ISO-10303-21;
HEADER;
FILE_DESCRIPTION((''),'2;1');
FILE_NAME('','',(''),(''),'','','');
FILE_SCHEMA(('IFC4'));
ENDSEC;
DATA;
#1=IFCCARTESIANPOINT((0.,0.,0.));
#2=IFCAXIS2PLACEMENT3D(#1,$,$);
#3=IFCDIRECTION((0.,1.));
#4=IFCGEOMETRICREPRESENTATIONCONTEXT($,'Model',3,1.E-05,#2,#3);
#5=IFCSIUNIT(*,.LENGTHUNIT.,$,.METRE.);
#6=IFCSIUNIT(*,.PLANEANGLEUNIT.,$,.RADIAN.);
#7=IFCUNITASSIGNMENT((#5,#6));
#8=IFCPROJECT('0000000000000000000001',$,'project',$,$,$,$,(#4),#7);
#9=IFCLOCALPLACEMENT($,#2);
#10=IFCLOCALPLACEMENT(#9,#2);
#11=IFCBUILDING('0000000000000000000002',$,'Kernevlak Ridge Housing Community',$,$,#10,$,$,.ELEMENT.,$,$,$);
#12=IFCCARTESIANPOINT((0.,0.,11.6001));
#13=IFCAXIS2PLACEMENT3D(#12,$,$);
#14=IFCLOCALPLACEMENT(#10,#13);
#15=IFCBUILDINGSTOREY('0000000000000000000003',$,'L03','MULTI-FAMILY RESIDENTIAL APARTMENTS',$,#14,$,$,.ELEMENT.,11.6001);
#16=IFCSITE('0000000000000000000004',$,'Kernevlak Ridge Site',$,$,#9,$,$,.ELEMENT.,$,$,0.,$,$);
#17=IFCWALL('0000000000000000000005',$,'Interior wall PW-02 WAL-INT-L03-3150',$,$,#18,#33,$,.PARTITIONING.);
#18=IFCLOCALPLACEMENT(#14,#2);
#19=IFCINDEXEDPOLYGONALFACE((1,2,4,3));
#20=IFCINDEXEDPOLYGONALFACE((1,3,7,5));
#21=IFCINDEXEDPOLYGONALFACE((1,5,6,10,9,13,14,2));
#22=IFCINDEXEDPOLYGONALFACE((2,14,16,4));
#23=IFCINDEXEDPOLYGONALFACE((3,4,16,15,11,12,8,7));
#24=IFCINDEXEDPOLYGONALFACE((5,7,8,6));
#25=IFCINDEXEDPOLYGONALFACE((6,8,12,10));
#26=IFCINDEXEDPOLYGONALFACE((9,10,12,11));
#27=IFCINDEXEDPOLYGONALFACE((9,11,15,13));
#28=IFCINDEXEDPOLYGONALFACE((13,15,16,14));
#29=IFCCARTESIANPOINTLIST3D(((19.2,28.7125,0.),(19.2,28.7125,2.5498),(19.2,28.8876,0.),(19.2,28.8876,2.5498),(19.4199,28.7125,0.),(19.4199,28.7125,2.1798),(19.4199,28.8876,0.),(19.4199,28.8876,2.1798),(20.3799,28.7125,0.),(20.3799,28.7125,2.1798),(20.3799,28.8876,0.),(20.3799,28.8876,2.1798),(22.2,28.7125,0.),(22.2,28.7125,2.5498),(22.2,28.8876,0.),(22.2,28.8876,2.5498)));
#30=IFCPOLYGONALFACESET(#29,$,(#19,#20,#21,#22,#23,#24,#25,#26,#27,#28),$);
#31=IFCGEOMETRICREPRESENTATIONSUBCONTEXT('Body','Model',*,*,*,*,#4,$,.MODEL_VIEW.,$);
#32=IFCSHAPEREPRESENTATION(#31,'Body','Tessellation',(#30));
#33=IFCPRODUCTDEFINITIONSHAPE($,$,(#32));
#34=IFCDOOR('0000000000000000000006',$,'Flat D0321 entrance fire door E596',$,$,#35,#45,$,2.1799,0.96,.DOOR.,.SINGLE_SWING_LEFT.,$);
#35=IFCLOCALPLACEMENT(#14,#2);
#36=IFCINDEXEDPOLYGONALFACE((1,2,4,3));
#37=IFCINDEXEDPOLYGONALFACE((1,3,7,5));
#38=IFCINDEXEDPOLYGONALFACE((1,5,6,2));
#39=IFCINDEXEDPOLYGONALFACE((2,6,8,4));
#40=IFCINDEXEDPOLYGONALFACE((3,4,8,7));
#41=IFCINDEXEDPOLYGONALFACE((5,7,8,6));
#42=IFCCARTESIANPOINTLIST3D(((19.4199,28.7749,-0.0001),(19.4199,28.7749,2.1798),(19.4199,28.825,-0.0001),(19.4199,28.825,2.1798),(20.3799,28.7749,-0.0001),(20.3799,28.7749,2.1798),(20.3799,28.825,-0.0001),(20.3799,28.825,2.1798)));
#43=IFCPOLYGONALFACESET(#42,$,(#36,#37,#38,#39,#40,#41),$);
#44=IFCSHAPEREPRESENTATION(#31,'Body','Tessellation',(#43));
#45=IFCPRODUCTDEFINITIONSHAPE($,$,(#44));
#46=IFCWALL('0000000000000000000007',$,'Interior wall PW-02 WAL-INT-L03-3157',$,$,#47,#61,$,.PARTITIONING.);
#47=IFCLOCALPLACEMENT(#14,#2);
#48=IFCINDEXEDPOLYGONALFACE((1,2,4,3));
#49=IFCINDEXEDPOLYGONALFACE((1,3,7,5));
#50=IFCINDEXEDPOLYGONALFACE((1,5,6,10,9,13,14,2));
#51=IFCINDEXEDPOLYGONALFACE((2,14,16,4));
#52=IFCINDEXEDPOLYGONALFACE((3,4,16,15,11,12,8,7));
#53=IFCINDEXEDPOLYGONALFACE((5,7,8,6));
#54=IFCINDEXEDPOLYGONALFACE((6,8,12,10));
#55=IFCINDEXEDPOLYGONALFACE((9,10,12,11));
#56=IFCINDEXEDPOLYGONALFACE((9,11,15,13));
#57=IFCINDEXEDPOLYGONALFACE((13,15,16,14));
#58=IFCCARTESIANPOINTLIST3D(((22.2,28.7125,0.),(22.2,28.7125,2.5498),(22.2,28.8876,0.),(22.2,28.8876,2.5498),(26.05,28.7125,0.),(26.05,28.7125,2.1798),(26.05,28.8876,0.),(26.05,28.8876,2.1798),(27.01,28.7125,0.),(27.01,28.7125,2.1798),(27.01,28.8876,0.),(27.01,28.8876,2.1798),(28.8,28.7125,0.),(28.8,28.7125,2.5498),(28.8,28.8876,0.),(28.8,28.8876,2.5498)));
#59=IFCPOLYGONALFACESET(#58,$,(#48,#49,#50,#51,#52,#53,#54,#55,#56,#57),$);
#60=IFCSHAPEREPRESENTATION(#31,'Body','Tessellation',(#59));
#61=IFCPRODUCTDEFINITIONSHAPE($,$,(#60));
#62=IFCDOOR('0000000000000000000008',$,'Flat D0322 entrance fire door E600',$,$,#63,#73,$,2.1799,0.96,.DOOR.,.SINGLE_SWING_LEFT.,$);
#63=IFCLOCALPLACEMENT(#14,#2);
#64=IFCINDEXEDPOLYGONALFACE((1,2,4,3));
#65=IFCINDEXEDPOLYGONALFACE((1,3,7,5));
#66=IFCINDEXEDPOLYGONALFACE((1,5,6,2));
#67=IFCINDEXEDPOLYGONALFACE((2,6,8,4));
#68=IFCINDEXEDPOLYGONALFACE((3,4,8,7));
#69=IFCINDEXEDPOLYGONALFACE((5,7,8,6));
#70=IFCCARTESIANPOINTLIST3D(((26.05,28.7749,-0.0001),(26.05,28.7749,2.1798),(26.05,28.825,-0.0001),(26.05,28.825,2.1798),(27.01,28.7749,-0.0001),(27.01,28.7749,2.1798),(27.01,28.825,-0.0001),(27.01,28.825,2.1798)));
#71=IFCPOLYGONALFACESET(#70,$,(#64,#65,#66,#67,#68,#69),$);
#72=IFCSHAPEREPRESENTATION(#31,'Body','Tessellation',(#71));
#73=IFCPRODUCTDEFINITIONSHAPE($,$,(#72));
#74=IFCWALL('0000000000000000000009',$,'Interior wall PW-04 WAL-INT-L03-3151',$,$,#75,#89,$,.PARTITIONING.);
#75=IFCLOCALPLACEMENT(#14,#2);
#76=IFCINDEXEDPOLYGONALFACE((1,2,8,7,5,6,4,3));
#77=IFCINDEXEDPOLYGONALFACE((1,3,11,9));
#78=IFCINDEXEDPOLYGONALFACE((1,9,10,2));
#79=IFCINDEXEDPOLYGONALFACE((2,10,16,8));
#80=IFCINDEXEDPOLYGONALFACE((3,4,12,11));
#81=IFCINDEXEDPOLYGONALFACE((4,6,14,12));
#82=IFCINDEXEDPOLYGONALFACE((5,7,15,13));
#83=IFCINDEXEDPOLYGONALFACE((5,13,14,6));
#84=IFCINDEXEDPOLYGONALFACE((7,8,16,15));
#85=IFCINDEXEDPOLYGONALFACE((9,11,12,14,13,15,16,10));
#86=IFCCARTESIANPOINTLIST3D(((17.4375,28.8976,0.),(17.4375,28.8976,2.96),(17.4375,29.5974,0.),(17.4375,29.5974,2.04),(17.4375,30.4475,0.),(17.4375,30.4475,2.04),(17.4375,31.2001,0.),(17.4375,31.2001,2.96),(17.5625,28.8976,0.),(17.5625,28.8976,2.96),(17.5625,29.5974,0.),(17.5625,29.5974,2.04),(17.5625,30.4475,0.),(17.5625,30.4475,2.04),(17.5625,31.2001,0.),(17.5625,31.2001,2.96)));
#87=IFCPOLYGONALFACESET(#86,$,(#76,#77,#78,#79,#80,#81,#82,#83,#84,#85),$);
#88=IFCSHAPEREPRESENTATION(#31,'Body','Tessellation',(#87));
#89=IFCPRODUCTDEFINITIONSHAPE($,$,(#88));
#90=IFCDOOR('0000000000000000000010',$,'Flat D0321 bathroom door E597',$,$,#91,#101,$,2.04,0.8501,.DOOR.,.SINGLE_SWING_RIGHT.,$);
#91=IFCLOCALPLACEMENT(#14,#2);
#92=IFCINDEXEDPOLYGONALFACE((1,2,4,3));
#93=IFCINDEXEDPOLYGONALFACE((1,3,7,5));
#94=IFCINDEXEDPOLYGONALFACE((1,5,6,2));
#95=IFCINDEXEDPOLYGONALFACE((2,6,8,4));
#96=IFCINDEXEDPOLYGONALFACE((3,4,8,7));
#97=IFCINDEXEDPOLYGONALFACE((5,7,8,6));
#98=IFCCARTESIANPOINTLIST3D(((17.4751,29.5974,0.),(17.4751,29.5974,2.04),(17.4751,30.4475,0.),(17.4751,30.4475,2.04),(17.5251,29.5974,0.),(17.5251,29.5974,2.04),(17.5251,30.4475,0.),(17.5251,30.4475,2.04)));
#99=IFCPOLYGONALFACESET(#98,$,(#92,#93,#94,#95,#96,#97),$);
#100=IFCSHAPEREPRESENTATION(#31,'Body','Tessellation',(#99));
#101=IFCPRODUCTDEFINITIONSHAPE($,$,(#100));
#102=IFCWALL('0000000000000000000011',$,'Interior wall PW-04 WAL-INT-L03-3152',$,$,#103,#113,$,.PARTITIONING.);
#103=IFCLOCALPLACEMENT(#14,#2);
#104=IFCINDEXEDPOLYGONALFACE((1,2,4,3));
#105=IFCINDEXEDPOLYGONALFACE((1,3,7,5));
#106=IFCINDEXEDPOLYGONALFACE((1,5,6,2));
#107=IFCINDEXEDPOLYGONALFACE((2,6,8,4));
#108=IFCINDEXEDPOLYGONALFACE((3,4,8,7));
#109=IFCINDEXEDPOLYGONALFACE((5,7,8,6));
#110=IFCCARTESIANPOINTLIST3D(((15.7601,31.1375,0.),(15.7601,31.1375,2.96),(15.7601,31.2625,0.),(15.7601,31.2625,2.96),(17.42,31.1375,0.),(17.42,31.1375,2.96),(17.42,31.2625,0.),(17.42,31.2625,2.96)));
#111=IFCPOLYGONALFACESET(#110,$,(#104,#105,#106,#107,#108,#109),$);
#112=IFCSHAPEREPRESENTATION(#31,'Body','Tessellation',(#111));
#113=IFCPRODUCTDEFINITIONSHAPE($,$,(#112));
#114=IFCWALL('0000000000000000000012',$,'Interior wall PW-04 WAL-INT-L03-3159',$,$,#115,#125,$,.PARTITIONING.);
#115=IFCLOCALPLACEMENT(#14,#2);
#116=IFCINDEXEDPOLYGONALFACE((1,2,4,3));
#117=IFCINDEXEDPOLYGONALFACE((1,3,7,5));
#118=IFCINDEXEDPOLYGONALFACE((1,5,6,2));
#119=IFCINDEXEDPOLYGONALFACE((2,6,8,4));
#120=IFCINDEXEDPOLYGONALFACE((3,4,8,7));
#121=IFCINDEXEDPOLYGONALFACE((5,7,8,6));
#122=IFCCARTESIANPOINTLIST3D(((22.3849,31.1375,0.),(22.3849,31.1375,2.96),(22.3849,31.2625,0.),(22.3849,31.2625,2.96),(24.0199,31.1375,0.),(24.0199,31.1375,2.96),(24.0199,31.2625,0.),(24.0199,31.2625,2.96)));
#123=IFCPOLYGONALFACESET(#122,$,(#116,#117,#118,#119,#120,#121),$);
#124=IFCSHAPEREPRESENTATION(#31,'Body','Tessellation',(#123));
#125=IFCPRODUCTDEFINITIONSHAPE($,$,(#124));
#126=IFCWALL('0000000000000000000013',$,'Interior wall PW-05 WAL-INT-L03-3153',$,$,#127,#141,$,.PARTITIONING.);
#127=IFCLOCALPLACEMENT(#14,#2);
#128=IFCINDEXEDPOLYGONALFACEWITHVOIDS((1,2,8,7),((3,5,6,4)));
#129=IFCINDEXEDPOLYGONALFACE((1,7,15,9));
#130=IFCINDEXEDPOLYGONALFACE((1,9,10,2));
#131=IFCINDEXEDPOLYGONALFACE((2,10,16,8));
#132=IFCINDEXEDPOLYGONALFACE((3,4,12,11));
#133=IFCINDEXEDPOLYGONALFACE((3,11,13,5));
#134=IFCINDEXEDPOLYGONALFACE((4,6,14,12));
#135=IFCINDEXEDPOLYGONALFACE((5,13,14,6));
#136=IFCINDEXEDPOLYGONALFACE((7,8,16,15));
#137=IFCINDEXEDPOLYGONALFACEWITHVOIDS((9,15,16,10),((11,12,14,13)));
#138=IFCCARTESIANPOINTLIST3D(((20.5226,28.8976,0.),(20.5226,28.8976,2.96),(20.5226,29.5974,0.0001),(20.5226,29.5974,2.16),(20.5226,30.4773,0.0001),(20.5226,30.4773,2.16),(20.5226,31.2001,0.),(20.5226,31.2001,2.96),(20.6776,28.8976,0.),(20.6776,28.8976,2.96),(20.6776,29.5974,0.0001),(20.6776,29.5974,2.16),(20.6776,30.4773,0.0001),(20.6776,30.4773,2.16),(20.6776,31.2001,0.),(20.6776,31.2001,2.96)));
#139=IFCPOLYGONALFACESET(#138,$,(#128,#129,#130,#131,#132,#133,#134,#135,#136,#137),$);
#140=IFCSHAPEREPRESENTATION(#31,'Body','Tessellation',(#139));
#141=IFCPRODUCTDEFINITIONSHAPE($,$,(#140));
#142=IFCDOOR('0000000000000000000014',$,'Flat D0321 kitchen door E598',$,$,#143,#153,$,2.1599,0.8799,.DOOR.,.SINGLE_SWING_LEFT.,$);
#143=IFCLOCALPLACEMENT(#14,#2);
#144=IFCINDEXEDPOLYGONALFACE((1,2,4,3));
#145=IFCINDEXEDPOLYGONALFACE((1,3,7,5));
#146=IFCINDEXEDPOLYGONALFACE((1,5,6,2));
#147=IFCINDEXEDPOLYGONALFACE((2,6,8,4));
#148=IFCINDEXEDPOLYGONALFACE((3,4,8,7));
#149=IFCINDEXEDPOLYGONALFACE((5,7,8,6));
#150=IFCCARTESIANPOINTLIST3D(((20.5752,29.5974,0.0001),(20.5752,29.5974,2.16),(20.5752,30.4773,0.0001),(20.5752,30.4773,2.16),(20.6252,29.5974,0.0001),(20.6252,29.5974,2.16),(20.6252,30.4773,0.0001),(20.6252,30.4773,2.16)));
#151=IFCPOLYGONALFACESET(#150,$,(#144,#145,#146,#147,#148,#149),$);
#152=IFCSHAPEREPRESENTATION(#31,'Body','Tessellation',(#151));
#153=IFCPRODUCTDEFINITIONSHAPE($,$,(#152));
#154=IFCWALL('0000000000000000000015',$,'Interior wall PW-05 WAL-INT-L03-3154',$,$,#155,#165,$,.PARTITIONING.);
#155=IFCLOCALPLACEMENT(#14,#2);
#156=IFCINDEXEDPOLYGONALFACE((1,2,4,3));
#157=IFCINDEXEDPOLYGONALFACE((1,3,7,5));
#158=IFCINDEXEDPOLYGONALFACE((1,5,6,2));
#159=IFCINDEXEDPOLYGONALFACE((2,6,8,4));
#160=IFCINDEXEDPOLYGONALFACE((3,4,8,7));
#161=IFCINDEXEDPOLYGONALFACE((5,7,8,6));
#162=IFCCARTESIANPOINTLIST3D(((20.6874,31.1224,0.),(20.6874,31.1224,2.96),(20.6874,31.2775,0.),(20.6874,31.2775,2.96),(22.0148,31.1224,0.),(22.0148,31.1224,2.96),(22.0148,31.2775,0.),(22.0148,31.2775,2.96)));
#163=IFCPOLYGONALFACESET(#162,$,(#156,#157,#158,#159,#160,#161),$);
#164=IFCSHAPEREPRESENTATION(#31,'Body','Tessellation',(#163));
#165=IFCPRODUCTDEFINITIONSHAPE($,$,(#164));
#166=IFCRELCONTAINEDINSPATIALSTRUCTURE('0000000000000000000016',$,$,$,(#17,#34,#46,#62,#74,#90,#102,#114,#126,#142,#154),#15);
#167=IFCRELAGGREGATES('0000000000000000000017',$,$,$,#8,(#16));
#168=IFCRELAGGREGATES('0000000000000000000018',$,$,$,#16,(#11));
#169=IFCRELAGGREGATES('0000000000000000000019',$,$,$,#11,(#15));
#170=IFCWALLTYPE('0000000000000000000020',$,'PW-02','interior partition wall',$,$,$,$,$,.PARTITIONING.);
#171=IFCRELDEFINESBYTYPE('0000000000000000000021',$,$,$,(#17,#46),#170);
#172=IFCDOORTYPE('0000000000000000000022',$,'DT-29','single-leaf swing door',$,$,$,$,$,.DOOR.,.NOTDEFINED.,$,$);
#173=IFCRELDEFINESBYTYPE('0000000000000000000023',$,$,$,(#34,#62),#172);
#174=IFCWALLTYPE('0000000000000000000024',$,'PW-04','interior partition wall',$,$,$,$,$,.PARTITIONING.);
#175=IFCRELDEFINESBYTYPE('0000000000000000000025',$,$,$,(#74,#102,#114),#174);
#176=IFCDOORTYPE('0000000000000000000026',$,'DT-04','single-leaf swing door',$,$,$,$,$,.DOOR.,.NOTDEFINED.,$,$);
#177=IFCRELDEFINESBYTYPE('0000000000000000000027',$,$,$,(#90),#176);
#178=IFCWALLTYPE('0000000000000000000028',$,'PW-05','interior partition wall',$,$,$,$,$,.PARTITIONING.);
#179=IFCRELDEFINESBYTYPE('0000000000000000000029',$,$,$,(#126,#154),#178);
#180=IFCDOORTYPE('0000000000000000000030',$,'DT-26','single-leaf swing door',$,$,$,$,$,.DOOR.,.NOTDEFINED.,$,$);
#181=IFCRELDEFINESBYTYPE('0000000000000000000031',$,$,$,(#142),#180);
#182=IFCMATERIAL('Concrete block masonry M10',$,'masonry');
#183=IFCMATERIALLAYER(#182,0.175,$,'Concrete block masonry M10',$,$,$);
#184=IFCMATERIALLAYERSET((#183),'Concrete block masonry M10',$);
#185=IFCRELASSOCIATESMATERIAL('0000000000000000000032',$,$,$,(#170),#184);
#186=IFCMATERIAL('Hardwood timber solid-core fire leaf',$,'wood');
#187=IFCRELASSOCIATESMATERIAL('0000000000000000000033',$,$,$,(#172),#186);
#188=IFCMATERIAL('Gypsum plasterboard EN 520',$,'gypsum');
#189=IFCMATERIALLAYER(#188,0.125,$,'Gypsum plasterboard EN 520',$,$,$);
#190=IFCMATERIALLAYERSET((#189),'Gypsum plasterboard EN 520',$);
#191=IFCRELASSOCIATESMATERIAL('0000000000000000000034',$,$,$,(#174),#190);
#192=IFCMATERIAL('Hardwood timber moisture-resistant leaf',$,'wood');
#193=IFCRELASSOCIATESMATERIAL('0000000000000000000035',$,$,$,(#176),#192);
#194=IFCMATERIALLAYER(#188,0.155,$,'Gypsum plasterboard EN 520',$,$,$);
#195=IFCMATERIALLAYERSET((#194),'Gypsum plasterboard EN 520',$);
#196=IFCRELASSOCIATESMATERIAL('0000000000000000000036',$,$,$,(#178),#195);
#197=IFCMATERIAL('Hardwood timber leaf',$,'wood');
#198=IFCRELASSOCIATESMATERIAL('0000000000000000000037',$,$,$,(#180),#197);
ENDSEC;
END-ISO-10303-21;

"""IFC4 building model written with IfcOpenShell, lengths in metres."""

from ifc_helpers import new_model, si_unit, direction, frame, frame_2d, origin, place, context, subcontext, project, spatial, rectangle, extrude, material, layer, layer_set, type_object, element, fill, save


model = new_model("IFC4")

# Units and contexts
model_context = context("Model", 3, precision=1e-05, world=origin(), true_north=direction((0.0, 1.0)))
body_context = subcontext(model_context, "Body", "Model", "MODEL_VIEW")
ifc_project = project(units=[si_unit("LENGTHUNIT", "METRE"), si_unit("PLANEANGLEUNIT", "RADIAN")], contexts=[model_context])

# Site, building, storey
site_placement = place(None, origin())
site = spatial("IfcSite", under=ifc_project, at=site_placement, Name="Kernevlak Ridge Site", CompositionType="ELEMENT", RefElevation=0.0)
building_placement = place(site_placement, origin())
building = spatial("IfcBuilding", under=site, at=building_placement, Name="Kernevlak Ridge Housing Community", CompositionType="ELEMENT")
storey_placement = place(building_placement, frame((0.0, 0.0, 11.6001)))
storey = spatial("IfcBuildingStorey", under=building, at=storey_placement, Name="L03", Description="MULTI-FAMILY RESIDENTIAL APARTMENTS", CompositionType="ELEMENT", Elevation=11.6001)

# Shared definitions
ifc_material_1 = material(Name="Concrete block masonry M10", Category="masonry")

# Shared definitions
ifc_layer_1 = layer(ifc_material_1, 0.175, Name="Concrete block masonry M10")
ifc_layer_set_1 = layer_set([ifc_layer_1], Name="Concrete block masonry M10")
wall_type_1 = type_object("IfcWallType", Name="PW-02", Description="interior partition wall", PredefinedType="PARTITIONING", material=ifc_layer_set_1)

# Walls, openings, doors
wall_1_placement = place(storey_placement, frame((19.2, 28.8, 0.0), z_axis=(0.0, 0.0, 1.0), x_axis=(1.0, 0.0, 0.0)))
wall_1 = element("IfcWall", 1, at=wall_1_placement, inside=storey, type_object=wall_type_1, Name="Interior wall PW-02 WAL-INT-L03-3150", PredefinedType="PARTITIONING", context=body_context, shape_type="SweptSolid", body=[
    extrude(rectangle(XDim=3.0, YDim=0.175, at=frame_2d((1.5, 0.0))), origin(), (0.0, 0.0, 1.0), 2.5498),
])
opening_1_placement = place(wall_1_placement, frame((0.22, 0.0, 0.0)))
opening_1 = element("IfcOpeningElement", 2, at=opening_1_placement, cuts=wall_1, PredefinedType="OPENING", context=body_context, shape_type="SweptSolid", body=[
    extrude(rectangle(XDim=0.96, YDim=2.1799, at=frame_2d((0.48, 1.0898))), frame((0.0, 0.0974, 0.0), z_axis=(0.0, -1.0, 0.0), x_axis=(1.0, 0.0, 0.0)), (0.0, 0.0, 1.0), 0.1951),
])
ifc_material_2 = material(Name="Hardwood timber solid-core fire leaf", Category="wood")
door_type_1 = type_object("IfcDoorType", Name="DT-29", Description="single-leaf swing door", OperationType="NOTDEFINED", PredefinedType="DOOR", material=ifc_material_2)
door_1_placement = place(opening_1_placement, origin())
door_1 = element("IfcDoor", 3, at=door_1_placement, inside=storey, type_object=door_type_1, Name="Flat D0321 entrance fire door E596", OperationType="SINGLE_SWING_LEFT", OverallHeight=2.1799, OverallWidth=0.96, PredefinedType="DOOR", context=body_context, shape_type="SweptSolid", body=[
    extrude(rectangle(XDim=0.96, YDim=2.1799, at=frame_2d((0.48, 1.0898))), frame((0.0, 0.0249, 0.0), z_axis=(0.0, -1.0, 0.0), x_axis=(1.0, 0.0, 0.0)), (0.0, 0.0, 1.0), 0.05),
])
fill(opening_1, door_1)
wall_2_placement = place(storey_placement, frame((22.2, 28.8, 0.0), z_axis=(0.0, 0.0, 1.0), x_axis=(1.0, 0.0, 0.0)))
wall_2 = element("IfcWall", 4, at=wall_2_placement, inside=storey, type_object=wall_type_1, Name="Interior wall PW-02 WAL-INT-L03-3157", PredefinedType="PARTITIONING", context=body_context, shape_type="SweptSolid", body=[
    extrude(rectangle(XDim=6.6001, YDim=0.175, at=frame_2d((3.3, 0.0))), origin(), (0.0, 0.0, 1.0), 2.5498),
])
opening_2_placement = place(wall_2_placement, frame((3.8501, 0.0, 0.0)))
opening_2 = element("IfcOpeningElement", 5, at=opening_2_placement, cuts=wall_2, PredefinedType="OPENING", context=body_context, shape_type="SweptSolid", body=[
    extrude(rectangle(XDim=0.96, YDim=2.1799, at=frame_2d((0.48, 1.0898))), frame((0.0, 0.0974, 0.0), z_axis=(0.0, -1.0, 0.0), x_axis=(1.0, 0.0, 0.0)), (0.0, 0.0, 1.0), 0.1951),
])
door_2_placement = place(opening_2_placement, origin())
door_2 = element("IfcDoor", 6, at=door_2_placement, inside=storey, type_object=door_type_1, Name="Flat D0322 entrance fire door E600", OperationType="SINGLE_SWING_LEFT", OverallHeight=2.1799, OverallWidth=0.96, PredefinedType="DOOR", context=body_context, shape_type="SweptSolid", body=[
    extrude(rectangle(XDim=0.96, YDim=2.1799, at=frame_2d((0.48, 1.0898))), frame((0.0, 0.0249, 0.0), z_axis=(0.0, -1.0, 0.0), x_axis=(1.0, 0.0, 0.0)), (0.0, 0.0, 1.0), 0.05),
])
fill(opening_2, door_2)
ifc_material_3 = material(Name="Hardwood timber leaf", Category="wood")
ifc_material_4 = material(Name="Gypsum plasterboard EN 520", Category="gypsum")
ifc_layer_2 = layer(ifc_material_4, 0.125, Name="Gypsum plasterboard EN 520")
ifc_layer_set_2 = layer_set([ifc_layer_2], Name="Gypsum plasterboard EN 520")
wall_type_2 = type_object("IfcWallType", Name="PW-04", Description="interior partition wall", PredefinedType="PARTITIONING", material=ifc_layer_set_2)
wall_3_placement = place(storey_placement, frame((17.5, 28.8975, 0.0), z_axis=(0.0, 0.0, 1.0), x_axis=(0.0, 1.0, 0.0)))
wall_3 = element("IfcWall", 7, at=wall_3_placement, inside=storey, type_object=wall_type_2, Name="Interior wall PW-04 WAL-INT-L03-3151", PredefinedType="PARTITIONING", context=body_context, shape_type="SweptSolid", body=[
    extrude(rectangle(XDim=2.3025, YDim=0.125, at=frame_2d((1.1514, 0.0))), origin(), (0.0, 0.0, 1.0), 2.96),
])
opening_3_placement = place(wall_3_placement, frame((0.7, 0.0, 0.0)))
opening_3 = element("IfcOpeningElement", 8, at=opening_3_placement, cuts=wall_3, PredefinedType="OPENING", context=body_context, shape_type="SweptSolid", body=[
    extrude(rectangle(XDim=0.8501, YDim=2.04, at=frame_2d((0.425, 1.02))), frame((0.0, 0.0725, 0.0), z_axis=(0.0, -1.0, 0.0), x_axis=(1.0, 0.0, 0.0)), (0.0, 0.0, 1.0), 0.145),
])
ifc_material_5 = material(Name="Hardwood timber moisture-resistant leaf", Category="wood")
door_type_2 = type_object("IfcDoorType", Name="DT-04", Description="single-leaf swing door", OperationType="NOTDEFINED", PredefinedType="DOOR", material=ifc_material_5)
door_3_placement = place(opening_3_placement, origin())
door_3 = element("IfcDoor", 9, at=door_3_placement, inside=storey, type_object=door_type_2, Name="Flat D0321 bathroom door E597", OperationType="SINGLE_SWING_RIGHT", OverallHeight=2.04, OverallWidth=0.8501, PredefinedType="DOOR", context=body_context, shape_type="SweptSolid", body=[
    extrude(rectangle(XDim=0.8501, YDim=2.04, at=frame_2d((0.425, 1.02))), frame((0.0, 0.0249, 0.0), z_axis=(0.0, -1.0, 0.0), x_axis=(1.0, 0.0, 0.0)), (0.0, 0.0, 1.0), 0.05),
])
fill(opening_3, door_3)

# Walls
wall_4_placement = place(storey_placement, frame((15.76, 31.2, 0.0), z_axis=(0.0, 0.0, 1.0), x_axis=(1.0, 0.0, 0.0)))
element("IfcWall", 10, at=wall_4_placement, inside=storey, type_object=wall_type_2, Name="Interior wall PW-04 WAL-INT-L03-3152", PredefinedType="PARTITIONING", context=body_context, shape_type="SweptSolid", body=[
    extrude(rectangle(XDim=1.6599, YDim=0.125, at=frame_2d((0.8301, 0.0))), origin(), (0.0, 0.0, 1.0), 2.96),
])
wall_5_placement = place(storey_placement, frame((22.385, 31.2, 0.0), z_axis=(0.0, 0.0, 1.0), x_axis=(1.0, 0.0, 0.0)))
element("IfcWall", 11, at=wall_5_placement, inside=storey, type_object=wall_type_2, Name="Interior wall PW-04 WAL-INT-L03-3159", PredefinedType="PARTITIONING", context=body_context, shape_type="SweptSolid", body=[
    extrude(rectangle(XDim=1.635, YDim=0.125, at=frame_2d((0.8174, 0.0))), origin(), (0.0, 0.0, 1.0), 2.96),
])

# Wall, opening, door
ifc_layer_3 = layer(ifc_material_4, 0.155, Name="Gypsum plasterboard EN 520")
ifc_layer_set_3 = layer_set([ifc_layer_3], Name="Gypsum plasterboard EN 520")
wall_type_3 = type_object("IfcWallType", Name="PW-05", Description="interior partition wall", PredefinedType="PARTITIONING", material=ifc_layer_set_3)
wall_6_placement = place(storey_placement, frame((20.6001, 28.8975, 0.0), z_axis=(0.0, 0.0, 1.0), x_axis=(0.0, 1.0, 0.0)))
wall_6 = element("IfcWall", 12, at=wall_6_placement, inside=storey, type_object=wall_type_3, Name="Interior wall PW-05 WAL-INT-L03-3153", PredefinedType="PARTITIONING", context=body_context, shape_type="SweptSolid", body=[
    extrude(rectangle(XDim=2.3025, YDim=0.155, at=frame_2d((1.1514, 0.0))), origin(), (0.0, 0.0, 1.0), 2.96),
])
opening_4_placement = place(wall_6_placement, frame((0.7, 0.0, 0.0)))
opening_4 = element("IfcOpeningElement", 13, at=opening_4_placement, cuts=wall_6, PredefinedType="OPENING", context=body_context, shape_type="SweptSolid", body=[
    extrude(rectangle(XDim=0.8799, YDim=2.1599, at=frame_2d((0.4399, 1.0801))), frame((0.0, 0.0874, 0.0), z_axis=(0.0, -1.0, 0.0), x_axis=(1.0, 0.0, 0.0)), (0.0, 0.0, 1.0), 0.175),
])
door_type_3 = type_object("IfcDoorType", Name="DT-26", Description="single-leaf swing door", OperationType="NOTDEFINED", PredefinedType="DOOR", material=ifc_material_3)
door_4_placement = place(opening_4_placement, origin())
door_4 = element("IfcDoor", 14, at=door_4_placement, inside=storey, type_object=door_type_3, Name="Flat D0321 kitchen door E598", OperationType="SINGLE_SWING_LEFT", OverallHeight=2.1599, OverallWidth=0.8799, PredefinedType="DOOR", context=body_context, shape_type="SweptSolid", body=[
    extrude(rectangle(XDim=0.8799, YDim=2.1599, at=frame_2d((0.4399, 1.0801))), frame((0.0, 0.0249, 0.0), z_axis=(0.0, -1.0, 0.0), x_axis=(1.0, 0.0, 0.0)), (0.0, 0.0, 1.0), 0.05),
])
fill(opening_4, door_4)

# Wall
wall_7_placement = place(storey_placement, frame((20.6875, 31.2, 0.0), z_axis=(0.0, 0.0, 1.0), x_axis=(1.0, 0.0, 0.0)))
element("IfcWall", 15, at=wall_7_placement, inside=storey, type_object=wall_type_3, Name="Interior wall PW-05 WAL-INT-L03-3154", PredefinedType="PARTITIONING", context=body_context, shape_type="SweptSolid", body=[
    extrude(rectangle(XDim=1.3274, YDim=0.155, at=frame_2d((0.6636, 0.0))), origin(), (0.0, 0.0, 1.0), 2.96),
])

save(model, "model.ifc")
